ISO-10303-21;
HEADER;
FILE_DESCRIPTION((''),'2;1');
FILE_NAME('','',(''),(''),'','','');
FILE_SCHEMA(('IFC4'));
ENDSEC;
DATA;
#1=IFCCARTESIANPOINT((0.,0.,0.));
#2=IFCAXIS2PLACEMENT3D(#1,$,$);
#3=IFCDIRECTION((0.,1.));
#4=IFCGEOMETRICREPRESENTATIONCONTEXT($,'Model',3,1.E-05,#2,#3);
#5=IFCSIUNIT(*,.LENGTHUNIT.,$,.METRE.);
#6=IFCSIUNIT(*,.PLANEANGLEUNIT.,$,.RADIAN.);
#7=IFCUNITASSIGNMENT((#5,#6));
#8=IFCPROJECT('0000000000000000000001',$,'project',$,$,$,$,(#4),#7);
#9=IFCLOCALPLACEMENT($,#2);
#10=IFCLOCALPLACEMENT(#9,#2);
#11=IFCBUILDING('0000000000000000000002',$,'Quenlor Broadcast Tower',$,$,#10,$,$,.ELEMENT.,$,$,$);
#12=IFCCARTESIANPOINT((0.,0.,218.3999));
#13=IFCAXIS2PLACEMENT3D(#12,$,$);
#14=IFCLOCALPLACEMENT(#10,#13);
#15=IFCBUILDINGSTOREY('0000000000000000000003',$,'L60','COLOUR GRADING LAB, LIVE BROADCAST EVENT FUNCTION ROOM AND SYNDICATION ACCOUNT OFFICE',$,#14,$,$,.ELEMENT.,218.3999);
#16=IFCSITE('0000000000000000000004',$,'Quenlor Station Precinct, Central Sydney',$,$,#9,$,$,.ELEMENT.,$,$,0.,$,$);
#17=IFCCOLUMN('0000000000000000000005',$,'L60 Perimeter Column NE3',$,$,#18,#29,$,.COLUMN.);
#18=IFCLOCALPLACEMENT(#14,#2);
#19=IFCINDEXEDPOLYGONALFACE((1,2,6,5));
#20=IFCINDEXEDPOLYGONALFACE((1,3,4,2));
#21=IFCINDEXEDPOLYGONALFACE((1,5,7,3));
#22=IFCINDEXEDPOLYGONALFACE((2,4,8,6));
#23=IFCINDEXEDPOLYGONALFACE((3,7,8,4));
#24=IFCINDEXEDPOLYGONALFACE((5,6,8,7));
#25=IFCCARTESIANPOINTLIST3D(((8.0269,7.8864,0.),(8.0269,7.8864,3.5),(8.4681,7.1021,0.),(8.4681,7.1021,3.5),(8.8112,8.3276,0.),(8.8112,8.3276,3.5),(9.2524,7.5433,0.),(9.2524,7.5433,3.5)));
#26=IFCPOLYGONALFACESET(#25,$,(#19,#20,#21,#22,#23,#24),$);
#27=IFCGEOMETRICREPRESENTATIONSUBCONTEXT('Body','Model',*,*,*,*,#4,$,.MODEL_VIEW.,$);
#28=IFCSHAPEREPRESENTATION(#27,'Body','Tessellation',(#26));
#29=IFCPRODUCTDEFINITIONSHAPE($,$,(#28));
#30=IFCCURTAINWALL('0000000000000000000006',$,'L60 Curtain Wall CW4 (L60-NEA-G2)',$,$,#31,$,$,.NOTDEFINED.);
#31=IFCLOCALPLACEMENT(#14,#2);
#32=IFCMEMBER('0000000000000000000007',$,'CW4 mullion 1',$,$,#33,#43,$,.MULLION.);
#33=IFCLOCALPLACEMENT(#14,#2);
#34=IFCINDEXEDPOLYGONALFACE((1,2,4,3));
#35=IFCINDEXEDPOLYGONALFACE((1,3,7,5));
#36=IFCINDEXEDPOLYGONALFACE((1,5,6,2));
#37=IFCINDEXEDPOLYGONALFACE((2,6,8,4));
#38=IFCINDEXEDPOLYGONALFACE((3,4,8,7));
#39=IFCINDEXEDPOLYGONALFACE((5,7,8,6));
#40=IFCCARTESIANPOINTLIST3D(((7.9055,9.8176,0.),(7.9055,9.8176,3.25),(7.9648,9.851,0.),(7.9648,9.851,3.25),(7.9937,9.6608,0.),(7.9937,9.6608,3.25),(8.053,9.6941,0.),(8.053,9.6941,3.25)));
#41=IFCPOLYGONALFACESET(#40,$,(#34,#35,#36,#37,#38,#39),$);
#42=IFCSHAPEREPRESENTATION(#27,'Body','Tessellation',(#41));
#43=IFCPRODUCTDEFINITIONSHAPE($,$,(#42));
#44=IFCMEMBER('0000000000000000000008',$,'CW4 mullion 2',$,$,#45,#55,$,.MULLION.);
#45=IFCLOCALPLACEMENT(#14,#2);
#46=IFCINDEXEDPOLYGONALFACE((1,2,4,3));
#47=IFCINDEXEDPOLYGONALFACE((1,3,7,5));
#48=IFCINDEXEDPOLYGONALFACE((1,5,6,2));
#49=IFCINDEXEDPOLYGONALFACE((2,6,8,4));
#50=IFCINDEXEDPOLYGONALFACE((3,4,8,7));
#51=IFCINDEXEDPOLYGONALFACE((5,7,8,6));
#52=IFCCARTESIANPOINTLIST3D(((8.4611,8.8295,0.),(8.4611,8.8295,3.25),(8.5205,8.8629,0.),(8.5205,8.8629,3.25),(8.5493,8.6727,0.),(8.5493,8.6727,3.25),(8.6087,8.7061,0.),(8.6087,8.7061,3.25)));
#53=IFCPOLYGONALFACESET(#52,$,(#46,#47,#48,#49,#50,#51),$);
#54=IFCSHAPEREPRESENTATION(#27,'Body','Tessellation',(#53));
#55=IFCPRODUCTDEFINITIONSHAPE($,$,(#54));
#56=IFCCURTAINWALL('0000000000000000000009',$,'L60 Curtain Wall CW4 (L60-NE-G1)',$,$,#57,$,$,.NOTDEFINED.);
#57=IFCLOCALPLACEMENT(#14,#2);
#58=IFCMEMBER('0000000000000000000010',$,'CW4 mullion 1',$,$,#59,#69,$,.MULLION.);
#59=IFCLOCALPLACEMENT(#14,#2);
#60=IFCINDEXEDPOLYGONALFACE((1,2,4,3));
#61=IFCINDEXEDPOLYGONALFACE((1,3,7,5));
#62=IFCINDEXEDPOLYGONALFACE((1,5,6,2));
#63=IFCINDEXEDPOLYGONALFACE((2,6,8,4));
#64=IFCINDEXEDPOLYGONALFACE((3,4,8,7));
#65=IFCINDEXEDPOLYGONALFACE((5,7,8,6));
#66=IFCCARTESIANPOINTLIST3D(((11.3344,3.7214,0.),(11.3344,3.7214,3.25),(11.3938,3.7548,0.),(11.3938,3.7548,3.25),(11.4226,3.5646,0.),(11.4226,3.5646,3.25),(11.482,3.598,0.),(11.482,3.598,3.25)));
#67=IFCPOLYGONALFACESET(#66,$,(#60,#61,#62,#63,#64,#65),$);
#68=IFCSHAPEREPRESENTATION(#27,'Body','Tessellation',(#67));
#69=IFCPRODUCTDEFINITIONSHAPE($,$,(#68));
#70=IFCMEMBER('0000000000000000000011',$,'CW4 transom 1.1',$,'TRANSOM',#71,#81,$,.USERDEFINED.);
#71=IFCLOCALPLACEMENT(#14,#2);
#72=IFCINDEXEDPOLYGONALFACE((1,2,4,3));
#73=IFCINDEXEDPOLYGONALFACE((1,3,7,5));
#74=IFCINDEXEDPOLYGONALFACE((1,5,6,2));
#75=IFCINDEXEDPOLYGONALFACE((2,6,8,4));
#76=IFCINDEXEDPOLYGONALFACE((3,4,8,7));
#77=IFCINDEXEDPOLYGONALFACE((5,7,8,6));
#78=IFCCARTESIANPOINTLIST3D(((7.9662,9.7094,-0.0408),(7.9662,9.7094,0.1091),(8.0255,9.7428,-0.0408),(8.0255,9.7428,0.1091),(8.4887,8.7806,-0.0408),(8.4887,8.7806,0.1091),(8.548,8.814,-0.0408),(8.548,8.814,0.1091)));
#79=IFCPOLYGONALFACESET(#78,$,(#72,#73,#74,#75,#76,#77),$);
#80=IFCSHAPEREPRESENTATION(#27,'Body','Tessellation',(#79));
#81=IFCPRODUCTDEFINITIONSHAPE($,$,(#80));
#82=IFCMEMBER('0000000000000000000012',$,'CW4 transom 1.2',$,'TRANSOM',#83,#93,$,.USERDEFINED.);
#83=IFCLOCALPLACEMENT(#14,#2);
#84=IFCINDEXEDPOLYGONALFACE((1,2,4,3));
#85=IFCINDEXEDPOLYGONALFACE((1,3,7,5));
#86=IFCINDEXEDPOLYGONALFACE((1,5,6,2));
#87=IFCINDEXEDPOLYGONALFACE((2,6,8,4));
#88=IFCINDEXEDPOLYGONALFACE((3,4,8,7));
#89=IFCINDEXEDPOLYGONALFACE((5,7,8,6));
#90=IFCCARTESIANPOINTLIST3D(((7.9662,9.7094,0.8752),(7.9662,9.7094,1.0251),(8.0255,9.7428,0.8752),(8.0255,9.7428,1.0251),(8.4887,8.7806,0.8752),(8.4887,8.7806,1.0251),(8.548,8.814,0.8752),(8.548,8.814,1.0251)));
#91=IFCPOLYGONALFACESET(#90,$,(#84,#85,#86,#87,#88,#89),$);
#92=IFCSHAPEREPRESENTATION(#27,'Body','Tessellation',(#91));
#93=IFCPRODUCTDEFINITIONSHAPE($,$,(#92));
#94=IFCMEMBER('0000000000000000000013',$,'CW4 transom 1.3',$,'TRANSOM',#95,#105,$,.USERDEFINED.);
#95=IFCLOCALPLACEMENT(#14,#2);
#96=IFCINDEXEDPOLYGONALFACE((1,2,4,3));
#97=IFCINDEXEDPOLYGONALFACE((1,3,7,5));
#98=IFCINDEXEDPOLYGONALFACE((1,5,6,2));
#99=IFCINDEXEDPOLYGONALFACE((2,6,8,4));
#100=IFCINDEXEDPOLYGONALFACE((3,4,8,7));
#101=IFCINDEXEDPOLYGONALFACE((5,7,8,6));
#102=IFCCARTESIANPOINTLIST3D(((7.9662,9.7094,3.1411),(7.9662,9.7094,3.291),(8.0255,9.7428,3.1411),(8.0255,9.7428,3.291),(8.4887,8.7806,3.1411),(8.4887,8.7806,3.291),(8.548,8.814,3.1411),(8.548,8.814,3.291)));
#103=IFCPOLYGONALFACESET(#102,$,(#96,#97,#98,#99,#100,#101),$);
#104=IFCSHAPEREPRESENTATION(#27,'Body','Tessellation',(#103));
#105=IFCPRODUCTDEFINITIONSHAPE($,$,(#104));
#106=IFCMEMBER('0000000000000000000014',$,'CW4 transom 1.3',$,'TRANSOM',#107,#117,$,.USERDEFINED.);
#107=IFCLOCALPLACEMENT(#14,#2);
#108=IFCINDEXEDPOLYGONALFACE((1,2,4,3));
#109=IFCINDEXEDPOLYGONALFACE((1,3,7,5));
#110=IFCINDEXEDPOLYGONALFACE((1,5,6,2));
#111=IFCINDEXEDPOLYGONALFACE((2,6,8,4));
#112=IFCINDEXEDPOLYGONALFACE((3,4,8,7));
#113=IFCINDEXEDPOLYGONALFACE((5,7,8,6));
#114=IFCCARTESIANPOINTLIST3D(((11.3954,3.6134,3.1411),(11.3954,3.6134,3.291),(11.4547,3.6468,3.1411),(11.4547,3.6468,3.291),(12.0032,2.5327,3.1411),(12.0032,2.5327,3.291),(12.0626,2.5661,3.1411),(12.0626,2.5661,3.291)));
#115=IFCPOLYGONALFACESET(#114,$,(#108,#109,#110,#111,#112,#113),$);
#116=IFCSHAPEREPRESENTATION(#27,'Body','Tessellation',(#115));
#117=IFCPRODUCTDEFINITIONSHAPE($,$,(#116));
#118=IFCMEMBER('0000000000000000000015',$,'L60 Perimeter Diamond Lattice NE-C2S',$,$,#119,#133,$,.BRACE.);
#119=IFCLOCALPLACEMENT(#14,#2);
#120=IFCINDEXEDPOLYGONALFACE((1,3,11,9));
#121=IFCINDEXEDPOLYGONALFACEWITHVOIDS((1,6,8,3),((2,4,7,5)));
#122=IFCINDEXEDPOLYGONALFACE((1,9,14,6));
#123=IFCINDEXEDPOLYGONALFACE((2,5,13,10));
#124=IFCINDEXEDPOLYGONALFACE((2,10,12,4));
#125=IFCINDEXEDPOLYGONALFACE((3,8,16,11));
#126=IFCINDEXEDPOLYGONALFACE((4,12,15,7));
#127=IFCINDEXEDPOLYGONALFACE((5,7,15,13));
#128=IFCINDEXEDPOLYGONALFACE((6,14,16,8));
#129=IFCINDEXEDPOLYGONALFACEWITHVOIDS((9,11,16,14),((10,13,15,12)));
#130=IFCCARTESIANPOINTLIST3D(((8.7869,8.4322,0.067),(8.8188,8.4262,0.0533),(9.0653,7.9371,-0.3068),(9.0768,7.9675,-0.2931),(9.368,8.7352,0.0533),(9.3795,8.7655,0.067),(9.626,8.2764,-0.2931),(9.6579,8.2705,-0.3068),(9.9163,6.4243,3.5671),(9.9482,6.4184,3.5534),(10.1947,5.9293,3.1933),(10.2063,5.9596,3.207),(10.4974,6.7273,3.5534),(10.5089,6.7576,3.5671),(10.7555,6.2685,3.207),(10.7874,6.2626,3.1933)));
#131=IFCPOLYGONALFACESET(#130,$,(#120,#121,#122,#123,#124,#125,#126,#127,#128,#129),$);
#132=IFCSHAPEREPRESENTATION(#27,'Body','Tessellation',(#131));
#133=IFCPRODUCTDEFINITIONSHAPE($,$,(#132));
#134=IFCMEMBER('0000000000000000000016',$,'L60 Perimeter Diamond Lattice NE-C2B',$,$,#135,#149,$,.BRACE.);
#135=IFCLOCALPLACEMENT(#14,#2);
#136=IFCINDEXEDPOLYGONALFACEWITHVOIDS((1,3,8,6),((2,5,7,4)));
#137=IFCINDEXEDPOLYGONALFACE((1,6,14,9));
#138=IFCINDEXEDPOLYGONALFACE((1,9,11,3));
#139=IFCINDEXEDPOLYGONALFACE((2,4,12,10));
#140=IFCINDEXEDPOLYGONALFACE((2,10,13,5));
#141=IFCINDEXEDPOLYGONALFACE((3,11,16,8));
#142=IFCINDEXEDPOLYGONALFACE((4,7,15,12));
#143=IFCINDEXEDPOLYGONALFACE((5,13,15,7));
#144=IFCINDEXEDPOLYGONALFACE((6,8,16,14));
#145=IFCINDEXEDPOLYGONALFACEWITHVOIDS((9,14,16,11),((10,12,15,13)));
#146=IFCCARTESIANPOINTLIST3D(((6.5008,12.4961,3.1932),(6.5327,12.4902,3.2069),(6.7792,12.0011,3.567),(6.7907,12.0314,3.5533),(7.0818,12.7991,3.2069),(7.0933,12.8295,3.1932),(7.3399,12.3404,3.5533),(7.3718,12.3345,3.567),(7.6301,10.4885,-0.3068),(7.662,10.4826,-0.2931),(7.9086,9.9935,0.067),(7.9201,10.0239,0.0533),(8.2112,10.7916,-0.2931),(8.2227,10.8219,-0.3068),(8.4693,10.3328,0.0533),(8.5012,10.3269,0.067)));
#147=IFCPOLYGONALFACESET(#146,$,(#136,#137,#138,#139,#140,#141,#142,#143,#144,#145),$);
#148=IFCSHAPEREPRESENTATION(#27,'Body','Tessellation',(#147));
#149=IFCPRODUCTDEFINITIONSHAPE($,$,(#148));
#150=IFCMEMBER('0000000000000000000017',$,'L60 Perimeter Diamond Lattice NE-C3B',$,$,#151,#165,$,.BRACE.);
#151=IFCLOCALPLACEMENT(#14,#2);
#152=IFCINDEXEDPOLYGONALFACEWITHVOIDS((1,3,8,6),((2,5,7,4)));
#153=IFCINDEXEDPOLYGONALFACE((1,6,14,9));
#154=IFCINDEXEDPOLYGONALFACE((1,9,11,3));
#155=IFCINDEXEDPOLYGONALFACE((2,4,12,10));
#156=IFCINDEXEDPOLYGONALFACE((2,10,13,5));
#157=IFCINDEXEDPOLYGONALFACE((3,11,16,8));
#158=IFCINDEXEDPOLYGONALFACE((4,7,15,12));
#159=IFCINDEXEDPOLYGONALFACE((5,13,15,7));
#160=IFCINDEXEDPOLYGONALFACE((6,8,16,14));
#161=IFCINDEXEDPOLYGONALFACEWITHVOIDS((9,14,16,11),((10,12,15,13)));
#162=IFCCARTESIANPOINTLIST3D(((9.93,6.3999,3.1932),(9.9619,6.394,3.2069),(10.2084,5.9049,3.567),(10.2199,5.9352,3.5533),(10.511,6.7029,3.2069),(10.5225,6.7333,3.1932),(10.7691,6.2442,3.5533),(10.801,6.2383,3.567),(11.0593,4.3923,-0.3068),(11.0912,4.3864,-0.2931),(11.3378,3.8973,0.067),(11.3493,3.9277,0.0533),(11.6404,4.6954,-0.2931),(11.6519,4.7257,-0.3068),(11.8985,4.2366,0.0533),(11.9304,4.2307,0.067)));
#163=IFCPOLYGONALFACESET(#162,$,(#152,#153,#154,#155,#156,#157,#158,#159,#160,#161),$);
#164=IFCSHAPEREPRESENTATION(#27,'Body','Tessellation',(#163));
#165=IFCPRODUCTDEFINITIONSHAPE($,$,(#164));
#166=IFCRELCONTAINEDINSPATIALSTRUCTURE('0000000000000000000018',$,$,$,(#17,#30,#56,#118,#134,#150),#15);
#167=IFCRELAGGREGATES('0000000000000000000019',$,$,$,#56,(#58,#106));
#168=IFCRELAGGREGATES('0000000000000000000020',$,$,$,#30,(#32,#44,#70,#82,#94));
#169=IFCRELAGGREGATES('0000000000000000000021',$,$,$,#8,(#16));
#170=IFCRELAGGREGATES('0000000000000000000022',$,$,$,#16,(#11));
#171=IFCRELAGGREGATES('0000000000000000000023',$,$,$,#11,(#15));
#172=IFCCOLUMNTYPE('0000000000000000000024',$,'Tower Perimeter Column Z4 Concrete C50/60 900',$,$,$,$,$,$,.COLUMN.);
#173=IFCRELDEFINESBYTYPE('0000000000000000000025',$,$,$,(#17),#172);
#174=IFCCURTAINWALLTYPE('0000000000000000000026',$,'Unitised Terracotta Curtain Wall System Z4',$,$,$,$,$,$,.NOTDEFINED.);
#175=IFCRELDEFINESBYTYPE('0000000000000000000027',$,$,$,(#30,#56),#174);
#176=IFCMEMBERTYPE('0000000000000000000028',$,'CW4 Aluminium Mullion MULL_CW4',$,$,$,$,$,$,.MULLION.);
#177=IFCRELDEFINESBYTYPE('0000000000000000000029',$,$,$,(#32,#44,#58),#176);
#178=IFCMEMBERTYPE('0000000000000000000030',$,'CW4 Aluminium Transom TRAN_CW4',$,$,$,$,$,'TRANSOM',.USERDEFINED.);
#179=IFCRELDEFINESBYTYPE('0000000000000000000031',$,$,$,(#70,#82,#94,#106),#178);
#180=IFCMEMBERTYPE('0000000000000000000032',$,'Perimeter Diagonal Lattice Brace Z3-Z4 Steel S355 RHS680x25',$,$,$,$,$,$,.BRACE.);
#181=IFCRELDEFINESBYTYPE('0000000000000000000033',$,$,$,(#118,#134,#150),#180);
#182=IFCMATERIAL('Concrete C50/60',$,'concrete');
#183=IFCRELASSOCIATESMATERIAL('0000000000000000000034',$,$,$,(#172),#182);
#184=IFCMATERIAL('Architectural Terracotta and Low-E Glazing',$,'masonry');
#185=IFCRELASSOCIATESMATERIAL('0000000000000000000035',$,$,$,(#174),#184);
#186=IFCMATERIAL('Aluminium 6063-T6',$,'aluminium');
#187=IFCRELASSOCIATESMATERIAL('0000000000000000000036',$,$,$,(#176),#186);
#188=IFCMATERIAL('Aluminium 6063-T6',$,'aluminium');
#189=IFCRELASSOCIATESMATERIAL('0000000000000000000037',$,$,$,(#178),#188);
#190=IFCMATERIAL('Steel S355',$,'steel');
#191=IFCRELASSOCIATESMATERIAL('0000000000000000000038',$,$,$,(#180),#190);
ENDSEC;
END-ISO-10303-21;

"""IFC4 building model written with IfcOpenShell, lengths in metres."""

from ifc_helpers import new_model, si_unit, direction, frame, origin, origin_2d, place, context, subcontext, project, spatial, rectangle, hollow_rectangle, extrude, material, material_profile, profile_set, type_object, element, aggregate, save


model = new_model("IFC4")

# Units and contexts
model_context = context("Model", 3, precision=1e-05, world=origin(), true_north=direction((0.0, 1.0)))
body_context = subcontext(model_context, "Body", "Model", "MODEL_VIEW")
ifc_project = project(units=[si_unit("LENGTHUNIT", "METRE"), si_unit("PLANEANGLEUNIT", "RADIAN")], contexts=[model_context])

# Site, building, storey
site_placement = place(None, origin())
site = spatial("IfcSite", under=ifc_project, at=site_placement, Name="Quenlor Station Precinct, Central Sydney", CompositionType="ELEMENT", RefElevation=0.0)
building_placement = place(site_placement, origin())
building = spatial("IfcBuilding", under=site, at=building_placement, Name="Quenlor Broadcast Tower", CompositionType="ELEMENT")
storey_placement = place(building_placement, frame((0.0, 0.0, 218.3999)))
storey = spatial("IfcBuildingStorey", under=building, at=storey_placement, Name="L60", Description="COLOUR GRADING LAB, LIVE BROADCAST EVENT FUNCTION ROOM AND SYNDICATION ACCOUNT OFFICE", CompositionType="ELEMENT", Elevation=218.3999)

# Column
ifc_material_1 = material(Name="Concrete C50/60", Category="concrete")
ifc_material_profile_1 = material_profile(ifc_material_1, rectangle(XDim=0.8999, YDim=0.8999, at=origin_2d()))
ifc_profile_set_1 = profile_set([ifc_material_profile_1], Name="Concrete C50/60 RC900x900")
column_type = type_object("IfcColumnType", Name="Tower Perimeter Column Z4 Concrete C50/60 900", PredefinedType="COLUMN", material=ifc_profile_set_1)
column_placement = place(storey_placement, frame((8.6396, 7.7148, 0.0), z_axis=(0.0, 0.0, 1.0), x_axis=(0.871575, 0.490262, 0.0)))
element("IfcColumn", 1, at=column_placement, inside=storey, type_object=column_type, Name="L60 Perimeter Column NE3", PredefinedType="COLUMN", context=body_context, shape_type="SweptSolid", body=[
    extrude(rectangle(XDim=0.8999, YDim=0.8999, at=origin_2d()), origin(), (0.0, 0.0, 1.0), 3.5),
])

# Curtain wall, members
ifc_material_2 = material(Name="Architectural Terracotta and Low-E Glazing", Category="masonry")
curtain_wall_type = type_object("IfcCurtainWallType", Name="Unitised Terracotta Curtain Wall System Z4", PredefinedType="NOTDEFINED", material=ifc_material_2)
curtain_wall_1_placement = place(storey_placement, origin())
curtain_wall_1 = element("IfcCurtainWall", 2, at=curtain_wall_1_placement, inside=storey, type_object=curtain_wall_type, Name="L60 Curtain Wall CW4 (L60-NEA-G2)", PredefinedType="NOTDEFINED")
ifc_material_3 = material(Name="Aluminium 6063-T6", Category="aluminium")
ifc_material_profile_2 = material_profile(ifc_material_3, rectangle(XDim=0.0681, YDim=0.1799, at=origin_2d()))
ifc_profile_set_2 = profile_set([ifc_material_profile_2], Name="Aluminium 6063-T6 MULL68x180")
member_type_1 = type_object("IfcMemberType", Name="CW4 Aluminium Mullion MULL_CW4", PredefinedType="MULLION", material=ifc_profile_set_2)
member_1_placement = place(storey_placement, frame((7.9792, 9.7559, 0.0), z_axis=(0.0, 0.0, 1.0), x_axis=(0.871558, 0.490293, 0.0)))
member_1 = element("IfcMember", 3, at=member_1_placement, type_object=member_type_1, Name="CW4 mullion 1", PredefinedType="MULLION", context=body_context, shape_type="SweptSolid", body=[
    extrude(rectangle(XDim=0.0681, YDim=0.1799, at=origin_2d()), origin(), (0.0, 0.0, 1.0), 3.25),
])
member_2_placement = place(storey_placement, frame((8.5349, 8.7678, 0.0), z_axis=(0.0, 0.0, 1.0), x_axis=(0.871558, 0.490293, 0.0)))
member_2 = element("IfcMember", 4, at=member_2_placement, type_object=member_type_1, Name="CW4 mullion 2", PredefinedType="MULLION", context=body_context, shape_type="SweptSolid", body=[
    extrude(rectangle(XDim=0.0681, YDim=0.1799, at=origin_2d()), origin(), (0.0, 0.0, 1.0), 3.25),
])

# Curtain wall, member
curtain_wall_2_placement = place(storey_placement, origin())
curtain_wall_2 = element("IfcCurtainWall", 5, at=curtain_wall_2_placement, inside=storey, type_object=curtain_wall_type, Name="L60 Curtain Wall CW4 (L60-NE-G1)", PredefinedType="NOTDEFINED")
member_3_placement = place(storey_placement, frame((11.4082, 3.6597, 0.0), z_axis=(0.0, 0.0, 1.0), x_axis=(0.87156, 0.490289, 0.0)))
member_3 = element("IfcMember", 6, at=member_3_placement, type_object=member_type_1, Name="CW4 mullion 1", PredefinedType="MULLION", context=body_context, shape_type="SweptSolid", body=[
    extrude(rectangle(XDim=0.0681, YDim=0.1799, at=origin_2d()), origin(), (0.0, 0.0, 1.0), 3.25),
])

# Members
ifc_material_4 = material(Name="Aluminium 6063-T6", Category="aluminium")
ifc_material_profile_3 = material_profile(ifc_material_4, rectangle(XDim=0.0681, YDim=0.1499, at=origin_2d()))
ifc_profile_set_3 = profile_set([ifc_material_profile_3], Name="Aluminium 6063-T6 TRAN68x150")
member_type_2 = type_object("IfcMemberType", Name="CW4 Aluminium Transom TRAN_CW4", ElementType="TRANSOM", PredefinedType="USERDEFINED", material=ifc_profile_set_3)
member_4_placement = place(storey_placement, frame((7.9958, 9.7261, 0.0342), z_axis=(0.490305, -0.871551, 0.0), x_axis=(0.871551, 0.490305, 0.0)))
member_4 = element("IfcMember", 7, at=member_4_placement, type_object=member_type_2, Name="CW4 transom 1.1", ObjectType="TRANSOM", PredefinedType="USERDEFINED", context=body_context, shape_type="SweptSolid", body=[
    extrude(rectangle(XDim=0.0681, YDim=0.1499, at=origin_2d()), origin(), (0.0, 0.0, 1.0), 1.0657),
])
member_5_placement = place(storey_placement, frame((7.9958, 9.7261, 0.9502), z_axis=(0.490305, -0.871551, 0.0), x_axis=(0.871551, 0.490305, 0.0)))
member_5 = element("IfcMember", 8, at=member_5_placement, type_object=member_type_2, Name="CW4 transom 1.2", ObjectType="TRANSOM", PredefinedType="USERDEFINED", context=body_context, shape_type="SweptSolid", body=[
    extrude(rectangle(XDim=0.0681, YDim=0.1499, at=origin_2d()), origin(), (0.0, 0.0, 1.0), 1.0657),
])
member_6_placement = place(storey_placement, frame((7.9958, 9.7261, 3.2161), z_axis=(0.490305, -0.871551, 0.0), x_axis=(0.871551, 0.490305, 0.0)))
member_6 = element("IfcMember", 9, at=member_6_placement, type_object=member_type_2, Name="CW4 transom 1.3", ObjectType="TRANSOM", PredefinedType="USERDEFINED", context=body_context, shape_type="SweptSolid", body=[
    extrude(rectangle(XDim=0.0681, YDim=0.1499, at=origin_2d()), origin(), (0.0, 0.0, 1.0), 1.0657),
])
member_7_placement = place(storey_placement, frame((11.425, 3.6301, 3.2161), z_axis=(0.490233, -0.871591, 0.0), x_axis=(0.871591, 0.490233, 0.0)))
member_7 = element("IfcMember", 10, at=member_7_placement, type_object=member_type_2, Name="CW4 transom 1.3", ObjectType="TRANSOM", PredefinedType="USERDEFINED", context=body_context, shape_type="SweptSolid", body=[
    extrude(rectangle(XDim=0.0681, YDim=0.1499, at=origin_2d()), origin(), (0.0, 0.0, 1.0), 1.24),
])
aggregate(curtain_wall_2, [member_3, member_7])

# Members
ifc_material_5 = material(Name="Steel S355", Category="steel")
ifc_material_profile_4 = material_profile(ifc_material_5, hollow_rectangle(XDim=0.6799, YDim=0.6799, WallThickness=0.0249, at=origin_2d()))
ifc_profile_set_4 = profile_set([ifc_material_profile_4], Name="Steel S355 RHS680x680x25")
member_type_3 = type_object("IfcMemberType", Name="Perimeter Diagonal Lattice Brace Z3-Z4 Steel S355 RHS680x25", PredefinedType="BRACE", material=ifc_profile_set_4)
member_8_placement = place(storey_placement, frame((9.2224, 8.3513, -0.1199), z_axis=(0.26954, -0.479181, 0.835305), x_axis=(0.871576, 0.490261, 0.0)))
element("IfcMember", 11, at=member_8_placement, inside=storey, type_object=member_type_3, Name="L60 Perimeter Diamond Lattice NE-C2S", PredefinedType="BRACE", context=body_context, shape_type="SweptSolid", body=[
    extrude(hollow_rectangle(XDim=0.6799, YDim=0.6799, WallThickness=0.0249, at=origin_2d()), origin(), (0.0, 0.0, 1.0), 4.1902),
])
for number, where, z_axis, x_axis, name in (
    (12, (8.0657, 10.4077, -0.1199), (-0.269547, 0.479136, 0.835328), (-0.87155, -0.490307, 0.0), "L60 Perimeter Diamond Lattice NE-C2B"),
    (13, (11.4949, 4.3115, -0.1199), (-0.269547, 0.479136, 0.835328), (-0.87155, -0.490307, 0.0), "L60 Perimeter Diamond Lattice NE-C3B"),
):
    element("IfcMember", number, at=place(storey_placement, frame(where, z_axis=z_axis, x_axis=x_axis)), inside=storey, type_object=member_type_3, Name=name, PredefinedType="BRACE", context=body_context, shape_type="SweptSolid", body=[
        extrude(hollow_rectangle(XDim=0.6799, YDim=0.6799, WallThickness=0.0249, at=origin_2d()), origin(), (0.0, 0.0, 1.0), 4.1899),
    ])

aggregate(curtain_wall_1, [member_1, member_2, member_4, member_5, member_6])

save(model, "model.ifc")
